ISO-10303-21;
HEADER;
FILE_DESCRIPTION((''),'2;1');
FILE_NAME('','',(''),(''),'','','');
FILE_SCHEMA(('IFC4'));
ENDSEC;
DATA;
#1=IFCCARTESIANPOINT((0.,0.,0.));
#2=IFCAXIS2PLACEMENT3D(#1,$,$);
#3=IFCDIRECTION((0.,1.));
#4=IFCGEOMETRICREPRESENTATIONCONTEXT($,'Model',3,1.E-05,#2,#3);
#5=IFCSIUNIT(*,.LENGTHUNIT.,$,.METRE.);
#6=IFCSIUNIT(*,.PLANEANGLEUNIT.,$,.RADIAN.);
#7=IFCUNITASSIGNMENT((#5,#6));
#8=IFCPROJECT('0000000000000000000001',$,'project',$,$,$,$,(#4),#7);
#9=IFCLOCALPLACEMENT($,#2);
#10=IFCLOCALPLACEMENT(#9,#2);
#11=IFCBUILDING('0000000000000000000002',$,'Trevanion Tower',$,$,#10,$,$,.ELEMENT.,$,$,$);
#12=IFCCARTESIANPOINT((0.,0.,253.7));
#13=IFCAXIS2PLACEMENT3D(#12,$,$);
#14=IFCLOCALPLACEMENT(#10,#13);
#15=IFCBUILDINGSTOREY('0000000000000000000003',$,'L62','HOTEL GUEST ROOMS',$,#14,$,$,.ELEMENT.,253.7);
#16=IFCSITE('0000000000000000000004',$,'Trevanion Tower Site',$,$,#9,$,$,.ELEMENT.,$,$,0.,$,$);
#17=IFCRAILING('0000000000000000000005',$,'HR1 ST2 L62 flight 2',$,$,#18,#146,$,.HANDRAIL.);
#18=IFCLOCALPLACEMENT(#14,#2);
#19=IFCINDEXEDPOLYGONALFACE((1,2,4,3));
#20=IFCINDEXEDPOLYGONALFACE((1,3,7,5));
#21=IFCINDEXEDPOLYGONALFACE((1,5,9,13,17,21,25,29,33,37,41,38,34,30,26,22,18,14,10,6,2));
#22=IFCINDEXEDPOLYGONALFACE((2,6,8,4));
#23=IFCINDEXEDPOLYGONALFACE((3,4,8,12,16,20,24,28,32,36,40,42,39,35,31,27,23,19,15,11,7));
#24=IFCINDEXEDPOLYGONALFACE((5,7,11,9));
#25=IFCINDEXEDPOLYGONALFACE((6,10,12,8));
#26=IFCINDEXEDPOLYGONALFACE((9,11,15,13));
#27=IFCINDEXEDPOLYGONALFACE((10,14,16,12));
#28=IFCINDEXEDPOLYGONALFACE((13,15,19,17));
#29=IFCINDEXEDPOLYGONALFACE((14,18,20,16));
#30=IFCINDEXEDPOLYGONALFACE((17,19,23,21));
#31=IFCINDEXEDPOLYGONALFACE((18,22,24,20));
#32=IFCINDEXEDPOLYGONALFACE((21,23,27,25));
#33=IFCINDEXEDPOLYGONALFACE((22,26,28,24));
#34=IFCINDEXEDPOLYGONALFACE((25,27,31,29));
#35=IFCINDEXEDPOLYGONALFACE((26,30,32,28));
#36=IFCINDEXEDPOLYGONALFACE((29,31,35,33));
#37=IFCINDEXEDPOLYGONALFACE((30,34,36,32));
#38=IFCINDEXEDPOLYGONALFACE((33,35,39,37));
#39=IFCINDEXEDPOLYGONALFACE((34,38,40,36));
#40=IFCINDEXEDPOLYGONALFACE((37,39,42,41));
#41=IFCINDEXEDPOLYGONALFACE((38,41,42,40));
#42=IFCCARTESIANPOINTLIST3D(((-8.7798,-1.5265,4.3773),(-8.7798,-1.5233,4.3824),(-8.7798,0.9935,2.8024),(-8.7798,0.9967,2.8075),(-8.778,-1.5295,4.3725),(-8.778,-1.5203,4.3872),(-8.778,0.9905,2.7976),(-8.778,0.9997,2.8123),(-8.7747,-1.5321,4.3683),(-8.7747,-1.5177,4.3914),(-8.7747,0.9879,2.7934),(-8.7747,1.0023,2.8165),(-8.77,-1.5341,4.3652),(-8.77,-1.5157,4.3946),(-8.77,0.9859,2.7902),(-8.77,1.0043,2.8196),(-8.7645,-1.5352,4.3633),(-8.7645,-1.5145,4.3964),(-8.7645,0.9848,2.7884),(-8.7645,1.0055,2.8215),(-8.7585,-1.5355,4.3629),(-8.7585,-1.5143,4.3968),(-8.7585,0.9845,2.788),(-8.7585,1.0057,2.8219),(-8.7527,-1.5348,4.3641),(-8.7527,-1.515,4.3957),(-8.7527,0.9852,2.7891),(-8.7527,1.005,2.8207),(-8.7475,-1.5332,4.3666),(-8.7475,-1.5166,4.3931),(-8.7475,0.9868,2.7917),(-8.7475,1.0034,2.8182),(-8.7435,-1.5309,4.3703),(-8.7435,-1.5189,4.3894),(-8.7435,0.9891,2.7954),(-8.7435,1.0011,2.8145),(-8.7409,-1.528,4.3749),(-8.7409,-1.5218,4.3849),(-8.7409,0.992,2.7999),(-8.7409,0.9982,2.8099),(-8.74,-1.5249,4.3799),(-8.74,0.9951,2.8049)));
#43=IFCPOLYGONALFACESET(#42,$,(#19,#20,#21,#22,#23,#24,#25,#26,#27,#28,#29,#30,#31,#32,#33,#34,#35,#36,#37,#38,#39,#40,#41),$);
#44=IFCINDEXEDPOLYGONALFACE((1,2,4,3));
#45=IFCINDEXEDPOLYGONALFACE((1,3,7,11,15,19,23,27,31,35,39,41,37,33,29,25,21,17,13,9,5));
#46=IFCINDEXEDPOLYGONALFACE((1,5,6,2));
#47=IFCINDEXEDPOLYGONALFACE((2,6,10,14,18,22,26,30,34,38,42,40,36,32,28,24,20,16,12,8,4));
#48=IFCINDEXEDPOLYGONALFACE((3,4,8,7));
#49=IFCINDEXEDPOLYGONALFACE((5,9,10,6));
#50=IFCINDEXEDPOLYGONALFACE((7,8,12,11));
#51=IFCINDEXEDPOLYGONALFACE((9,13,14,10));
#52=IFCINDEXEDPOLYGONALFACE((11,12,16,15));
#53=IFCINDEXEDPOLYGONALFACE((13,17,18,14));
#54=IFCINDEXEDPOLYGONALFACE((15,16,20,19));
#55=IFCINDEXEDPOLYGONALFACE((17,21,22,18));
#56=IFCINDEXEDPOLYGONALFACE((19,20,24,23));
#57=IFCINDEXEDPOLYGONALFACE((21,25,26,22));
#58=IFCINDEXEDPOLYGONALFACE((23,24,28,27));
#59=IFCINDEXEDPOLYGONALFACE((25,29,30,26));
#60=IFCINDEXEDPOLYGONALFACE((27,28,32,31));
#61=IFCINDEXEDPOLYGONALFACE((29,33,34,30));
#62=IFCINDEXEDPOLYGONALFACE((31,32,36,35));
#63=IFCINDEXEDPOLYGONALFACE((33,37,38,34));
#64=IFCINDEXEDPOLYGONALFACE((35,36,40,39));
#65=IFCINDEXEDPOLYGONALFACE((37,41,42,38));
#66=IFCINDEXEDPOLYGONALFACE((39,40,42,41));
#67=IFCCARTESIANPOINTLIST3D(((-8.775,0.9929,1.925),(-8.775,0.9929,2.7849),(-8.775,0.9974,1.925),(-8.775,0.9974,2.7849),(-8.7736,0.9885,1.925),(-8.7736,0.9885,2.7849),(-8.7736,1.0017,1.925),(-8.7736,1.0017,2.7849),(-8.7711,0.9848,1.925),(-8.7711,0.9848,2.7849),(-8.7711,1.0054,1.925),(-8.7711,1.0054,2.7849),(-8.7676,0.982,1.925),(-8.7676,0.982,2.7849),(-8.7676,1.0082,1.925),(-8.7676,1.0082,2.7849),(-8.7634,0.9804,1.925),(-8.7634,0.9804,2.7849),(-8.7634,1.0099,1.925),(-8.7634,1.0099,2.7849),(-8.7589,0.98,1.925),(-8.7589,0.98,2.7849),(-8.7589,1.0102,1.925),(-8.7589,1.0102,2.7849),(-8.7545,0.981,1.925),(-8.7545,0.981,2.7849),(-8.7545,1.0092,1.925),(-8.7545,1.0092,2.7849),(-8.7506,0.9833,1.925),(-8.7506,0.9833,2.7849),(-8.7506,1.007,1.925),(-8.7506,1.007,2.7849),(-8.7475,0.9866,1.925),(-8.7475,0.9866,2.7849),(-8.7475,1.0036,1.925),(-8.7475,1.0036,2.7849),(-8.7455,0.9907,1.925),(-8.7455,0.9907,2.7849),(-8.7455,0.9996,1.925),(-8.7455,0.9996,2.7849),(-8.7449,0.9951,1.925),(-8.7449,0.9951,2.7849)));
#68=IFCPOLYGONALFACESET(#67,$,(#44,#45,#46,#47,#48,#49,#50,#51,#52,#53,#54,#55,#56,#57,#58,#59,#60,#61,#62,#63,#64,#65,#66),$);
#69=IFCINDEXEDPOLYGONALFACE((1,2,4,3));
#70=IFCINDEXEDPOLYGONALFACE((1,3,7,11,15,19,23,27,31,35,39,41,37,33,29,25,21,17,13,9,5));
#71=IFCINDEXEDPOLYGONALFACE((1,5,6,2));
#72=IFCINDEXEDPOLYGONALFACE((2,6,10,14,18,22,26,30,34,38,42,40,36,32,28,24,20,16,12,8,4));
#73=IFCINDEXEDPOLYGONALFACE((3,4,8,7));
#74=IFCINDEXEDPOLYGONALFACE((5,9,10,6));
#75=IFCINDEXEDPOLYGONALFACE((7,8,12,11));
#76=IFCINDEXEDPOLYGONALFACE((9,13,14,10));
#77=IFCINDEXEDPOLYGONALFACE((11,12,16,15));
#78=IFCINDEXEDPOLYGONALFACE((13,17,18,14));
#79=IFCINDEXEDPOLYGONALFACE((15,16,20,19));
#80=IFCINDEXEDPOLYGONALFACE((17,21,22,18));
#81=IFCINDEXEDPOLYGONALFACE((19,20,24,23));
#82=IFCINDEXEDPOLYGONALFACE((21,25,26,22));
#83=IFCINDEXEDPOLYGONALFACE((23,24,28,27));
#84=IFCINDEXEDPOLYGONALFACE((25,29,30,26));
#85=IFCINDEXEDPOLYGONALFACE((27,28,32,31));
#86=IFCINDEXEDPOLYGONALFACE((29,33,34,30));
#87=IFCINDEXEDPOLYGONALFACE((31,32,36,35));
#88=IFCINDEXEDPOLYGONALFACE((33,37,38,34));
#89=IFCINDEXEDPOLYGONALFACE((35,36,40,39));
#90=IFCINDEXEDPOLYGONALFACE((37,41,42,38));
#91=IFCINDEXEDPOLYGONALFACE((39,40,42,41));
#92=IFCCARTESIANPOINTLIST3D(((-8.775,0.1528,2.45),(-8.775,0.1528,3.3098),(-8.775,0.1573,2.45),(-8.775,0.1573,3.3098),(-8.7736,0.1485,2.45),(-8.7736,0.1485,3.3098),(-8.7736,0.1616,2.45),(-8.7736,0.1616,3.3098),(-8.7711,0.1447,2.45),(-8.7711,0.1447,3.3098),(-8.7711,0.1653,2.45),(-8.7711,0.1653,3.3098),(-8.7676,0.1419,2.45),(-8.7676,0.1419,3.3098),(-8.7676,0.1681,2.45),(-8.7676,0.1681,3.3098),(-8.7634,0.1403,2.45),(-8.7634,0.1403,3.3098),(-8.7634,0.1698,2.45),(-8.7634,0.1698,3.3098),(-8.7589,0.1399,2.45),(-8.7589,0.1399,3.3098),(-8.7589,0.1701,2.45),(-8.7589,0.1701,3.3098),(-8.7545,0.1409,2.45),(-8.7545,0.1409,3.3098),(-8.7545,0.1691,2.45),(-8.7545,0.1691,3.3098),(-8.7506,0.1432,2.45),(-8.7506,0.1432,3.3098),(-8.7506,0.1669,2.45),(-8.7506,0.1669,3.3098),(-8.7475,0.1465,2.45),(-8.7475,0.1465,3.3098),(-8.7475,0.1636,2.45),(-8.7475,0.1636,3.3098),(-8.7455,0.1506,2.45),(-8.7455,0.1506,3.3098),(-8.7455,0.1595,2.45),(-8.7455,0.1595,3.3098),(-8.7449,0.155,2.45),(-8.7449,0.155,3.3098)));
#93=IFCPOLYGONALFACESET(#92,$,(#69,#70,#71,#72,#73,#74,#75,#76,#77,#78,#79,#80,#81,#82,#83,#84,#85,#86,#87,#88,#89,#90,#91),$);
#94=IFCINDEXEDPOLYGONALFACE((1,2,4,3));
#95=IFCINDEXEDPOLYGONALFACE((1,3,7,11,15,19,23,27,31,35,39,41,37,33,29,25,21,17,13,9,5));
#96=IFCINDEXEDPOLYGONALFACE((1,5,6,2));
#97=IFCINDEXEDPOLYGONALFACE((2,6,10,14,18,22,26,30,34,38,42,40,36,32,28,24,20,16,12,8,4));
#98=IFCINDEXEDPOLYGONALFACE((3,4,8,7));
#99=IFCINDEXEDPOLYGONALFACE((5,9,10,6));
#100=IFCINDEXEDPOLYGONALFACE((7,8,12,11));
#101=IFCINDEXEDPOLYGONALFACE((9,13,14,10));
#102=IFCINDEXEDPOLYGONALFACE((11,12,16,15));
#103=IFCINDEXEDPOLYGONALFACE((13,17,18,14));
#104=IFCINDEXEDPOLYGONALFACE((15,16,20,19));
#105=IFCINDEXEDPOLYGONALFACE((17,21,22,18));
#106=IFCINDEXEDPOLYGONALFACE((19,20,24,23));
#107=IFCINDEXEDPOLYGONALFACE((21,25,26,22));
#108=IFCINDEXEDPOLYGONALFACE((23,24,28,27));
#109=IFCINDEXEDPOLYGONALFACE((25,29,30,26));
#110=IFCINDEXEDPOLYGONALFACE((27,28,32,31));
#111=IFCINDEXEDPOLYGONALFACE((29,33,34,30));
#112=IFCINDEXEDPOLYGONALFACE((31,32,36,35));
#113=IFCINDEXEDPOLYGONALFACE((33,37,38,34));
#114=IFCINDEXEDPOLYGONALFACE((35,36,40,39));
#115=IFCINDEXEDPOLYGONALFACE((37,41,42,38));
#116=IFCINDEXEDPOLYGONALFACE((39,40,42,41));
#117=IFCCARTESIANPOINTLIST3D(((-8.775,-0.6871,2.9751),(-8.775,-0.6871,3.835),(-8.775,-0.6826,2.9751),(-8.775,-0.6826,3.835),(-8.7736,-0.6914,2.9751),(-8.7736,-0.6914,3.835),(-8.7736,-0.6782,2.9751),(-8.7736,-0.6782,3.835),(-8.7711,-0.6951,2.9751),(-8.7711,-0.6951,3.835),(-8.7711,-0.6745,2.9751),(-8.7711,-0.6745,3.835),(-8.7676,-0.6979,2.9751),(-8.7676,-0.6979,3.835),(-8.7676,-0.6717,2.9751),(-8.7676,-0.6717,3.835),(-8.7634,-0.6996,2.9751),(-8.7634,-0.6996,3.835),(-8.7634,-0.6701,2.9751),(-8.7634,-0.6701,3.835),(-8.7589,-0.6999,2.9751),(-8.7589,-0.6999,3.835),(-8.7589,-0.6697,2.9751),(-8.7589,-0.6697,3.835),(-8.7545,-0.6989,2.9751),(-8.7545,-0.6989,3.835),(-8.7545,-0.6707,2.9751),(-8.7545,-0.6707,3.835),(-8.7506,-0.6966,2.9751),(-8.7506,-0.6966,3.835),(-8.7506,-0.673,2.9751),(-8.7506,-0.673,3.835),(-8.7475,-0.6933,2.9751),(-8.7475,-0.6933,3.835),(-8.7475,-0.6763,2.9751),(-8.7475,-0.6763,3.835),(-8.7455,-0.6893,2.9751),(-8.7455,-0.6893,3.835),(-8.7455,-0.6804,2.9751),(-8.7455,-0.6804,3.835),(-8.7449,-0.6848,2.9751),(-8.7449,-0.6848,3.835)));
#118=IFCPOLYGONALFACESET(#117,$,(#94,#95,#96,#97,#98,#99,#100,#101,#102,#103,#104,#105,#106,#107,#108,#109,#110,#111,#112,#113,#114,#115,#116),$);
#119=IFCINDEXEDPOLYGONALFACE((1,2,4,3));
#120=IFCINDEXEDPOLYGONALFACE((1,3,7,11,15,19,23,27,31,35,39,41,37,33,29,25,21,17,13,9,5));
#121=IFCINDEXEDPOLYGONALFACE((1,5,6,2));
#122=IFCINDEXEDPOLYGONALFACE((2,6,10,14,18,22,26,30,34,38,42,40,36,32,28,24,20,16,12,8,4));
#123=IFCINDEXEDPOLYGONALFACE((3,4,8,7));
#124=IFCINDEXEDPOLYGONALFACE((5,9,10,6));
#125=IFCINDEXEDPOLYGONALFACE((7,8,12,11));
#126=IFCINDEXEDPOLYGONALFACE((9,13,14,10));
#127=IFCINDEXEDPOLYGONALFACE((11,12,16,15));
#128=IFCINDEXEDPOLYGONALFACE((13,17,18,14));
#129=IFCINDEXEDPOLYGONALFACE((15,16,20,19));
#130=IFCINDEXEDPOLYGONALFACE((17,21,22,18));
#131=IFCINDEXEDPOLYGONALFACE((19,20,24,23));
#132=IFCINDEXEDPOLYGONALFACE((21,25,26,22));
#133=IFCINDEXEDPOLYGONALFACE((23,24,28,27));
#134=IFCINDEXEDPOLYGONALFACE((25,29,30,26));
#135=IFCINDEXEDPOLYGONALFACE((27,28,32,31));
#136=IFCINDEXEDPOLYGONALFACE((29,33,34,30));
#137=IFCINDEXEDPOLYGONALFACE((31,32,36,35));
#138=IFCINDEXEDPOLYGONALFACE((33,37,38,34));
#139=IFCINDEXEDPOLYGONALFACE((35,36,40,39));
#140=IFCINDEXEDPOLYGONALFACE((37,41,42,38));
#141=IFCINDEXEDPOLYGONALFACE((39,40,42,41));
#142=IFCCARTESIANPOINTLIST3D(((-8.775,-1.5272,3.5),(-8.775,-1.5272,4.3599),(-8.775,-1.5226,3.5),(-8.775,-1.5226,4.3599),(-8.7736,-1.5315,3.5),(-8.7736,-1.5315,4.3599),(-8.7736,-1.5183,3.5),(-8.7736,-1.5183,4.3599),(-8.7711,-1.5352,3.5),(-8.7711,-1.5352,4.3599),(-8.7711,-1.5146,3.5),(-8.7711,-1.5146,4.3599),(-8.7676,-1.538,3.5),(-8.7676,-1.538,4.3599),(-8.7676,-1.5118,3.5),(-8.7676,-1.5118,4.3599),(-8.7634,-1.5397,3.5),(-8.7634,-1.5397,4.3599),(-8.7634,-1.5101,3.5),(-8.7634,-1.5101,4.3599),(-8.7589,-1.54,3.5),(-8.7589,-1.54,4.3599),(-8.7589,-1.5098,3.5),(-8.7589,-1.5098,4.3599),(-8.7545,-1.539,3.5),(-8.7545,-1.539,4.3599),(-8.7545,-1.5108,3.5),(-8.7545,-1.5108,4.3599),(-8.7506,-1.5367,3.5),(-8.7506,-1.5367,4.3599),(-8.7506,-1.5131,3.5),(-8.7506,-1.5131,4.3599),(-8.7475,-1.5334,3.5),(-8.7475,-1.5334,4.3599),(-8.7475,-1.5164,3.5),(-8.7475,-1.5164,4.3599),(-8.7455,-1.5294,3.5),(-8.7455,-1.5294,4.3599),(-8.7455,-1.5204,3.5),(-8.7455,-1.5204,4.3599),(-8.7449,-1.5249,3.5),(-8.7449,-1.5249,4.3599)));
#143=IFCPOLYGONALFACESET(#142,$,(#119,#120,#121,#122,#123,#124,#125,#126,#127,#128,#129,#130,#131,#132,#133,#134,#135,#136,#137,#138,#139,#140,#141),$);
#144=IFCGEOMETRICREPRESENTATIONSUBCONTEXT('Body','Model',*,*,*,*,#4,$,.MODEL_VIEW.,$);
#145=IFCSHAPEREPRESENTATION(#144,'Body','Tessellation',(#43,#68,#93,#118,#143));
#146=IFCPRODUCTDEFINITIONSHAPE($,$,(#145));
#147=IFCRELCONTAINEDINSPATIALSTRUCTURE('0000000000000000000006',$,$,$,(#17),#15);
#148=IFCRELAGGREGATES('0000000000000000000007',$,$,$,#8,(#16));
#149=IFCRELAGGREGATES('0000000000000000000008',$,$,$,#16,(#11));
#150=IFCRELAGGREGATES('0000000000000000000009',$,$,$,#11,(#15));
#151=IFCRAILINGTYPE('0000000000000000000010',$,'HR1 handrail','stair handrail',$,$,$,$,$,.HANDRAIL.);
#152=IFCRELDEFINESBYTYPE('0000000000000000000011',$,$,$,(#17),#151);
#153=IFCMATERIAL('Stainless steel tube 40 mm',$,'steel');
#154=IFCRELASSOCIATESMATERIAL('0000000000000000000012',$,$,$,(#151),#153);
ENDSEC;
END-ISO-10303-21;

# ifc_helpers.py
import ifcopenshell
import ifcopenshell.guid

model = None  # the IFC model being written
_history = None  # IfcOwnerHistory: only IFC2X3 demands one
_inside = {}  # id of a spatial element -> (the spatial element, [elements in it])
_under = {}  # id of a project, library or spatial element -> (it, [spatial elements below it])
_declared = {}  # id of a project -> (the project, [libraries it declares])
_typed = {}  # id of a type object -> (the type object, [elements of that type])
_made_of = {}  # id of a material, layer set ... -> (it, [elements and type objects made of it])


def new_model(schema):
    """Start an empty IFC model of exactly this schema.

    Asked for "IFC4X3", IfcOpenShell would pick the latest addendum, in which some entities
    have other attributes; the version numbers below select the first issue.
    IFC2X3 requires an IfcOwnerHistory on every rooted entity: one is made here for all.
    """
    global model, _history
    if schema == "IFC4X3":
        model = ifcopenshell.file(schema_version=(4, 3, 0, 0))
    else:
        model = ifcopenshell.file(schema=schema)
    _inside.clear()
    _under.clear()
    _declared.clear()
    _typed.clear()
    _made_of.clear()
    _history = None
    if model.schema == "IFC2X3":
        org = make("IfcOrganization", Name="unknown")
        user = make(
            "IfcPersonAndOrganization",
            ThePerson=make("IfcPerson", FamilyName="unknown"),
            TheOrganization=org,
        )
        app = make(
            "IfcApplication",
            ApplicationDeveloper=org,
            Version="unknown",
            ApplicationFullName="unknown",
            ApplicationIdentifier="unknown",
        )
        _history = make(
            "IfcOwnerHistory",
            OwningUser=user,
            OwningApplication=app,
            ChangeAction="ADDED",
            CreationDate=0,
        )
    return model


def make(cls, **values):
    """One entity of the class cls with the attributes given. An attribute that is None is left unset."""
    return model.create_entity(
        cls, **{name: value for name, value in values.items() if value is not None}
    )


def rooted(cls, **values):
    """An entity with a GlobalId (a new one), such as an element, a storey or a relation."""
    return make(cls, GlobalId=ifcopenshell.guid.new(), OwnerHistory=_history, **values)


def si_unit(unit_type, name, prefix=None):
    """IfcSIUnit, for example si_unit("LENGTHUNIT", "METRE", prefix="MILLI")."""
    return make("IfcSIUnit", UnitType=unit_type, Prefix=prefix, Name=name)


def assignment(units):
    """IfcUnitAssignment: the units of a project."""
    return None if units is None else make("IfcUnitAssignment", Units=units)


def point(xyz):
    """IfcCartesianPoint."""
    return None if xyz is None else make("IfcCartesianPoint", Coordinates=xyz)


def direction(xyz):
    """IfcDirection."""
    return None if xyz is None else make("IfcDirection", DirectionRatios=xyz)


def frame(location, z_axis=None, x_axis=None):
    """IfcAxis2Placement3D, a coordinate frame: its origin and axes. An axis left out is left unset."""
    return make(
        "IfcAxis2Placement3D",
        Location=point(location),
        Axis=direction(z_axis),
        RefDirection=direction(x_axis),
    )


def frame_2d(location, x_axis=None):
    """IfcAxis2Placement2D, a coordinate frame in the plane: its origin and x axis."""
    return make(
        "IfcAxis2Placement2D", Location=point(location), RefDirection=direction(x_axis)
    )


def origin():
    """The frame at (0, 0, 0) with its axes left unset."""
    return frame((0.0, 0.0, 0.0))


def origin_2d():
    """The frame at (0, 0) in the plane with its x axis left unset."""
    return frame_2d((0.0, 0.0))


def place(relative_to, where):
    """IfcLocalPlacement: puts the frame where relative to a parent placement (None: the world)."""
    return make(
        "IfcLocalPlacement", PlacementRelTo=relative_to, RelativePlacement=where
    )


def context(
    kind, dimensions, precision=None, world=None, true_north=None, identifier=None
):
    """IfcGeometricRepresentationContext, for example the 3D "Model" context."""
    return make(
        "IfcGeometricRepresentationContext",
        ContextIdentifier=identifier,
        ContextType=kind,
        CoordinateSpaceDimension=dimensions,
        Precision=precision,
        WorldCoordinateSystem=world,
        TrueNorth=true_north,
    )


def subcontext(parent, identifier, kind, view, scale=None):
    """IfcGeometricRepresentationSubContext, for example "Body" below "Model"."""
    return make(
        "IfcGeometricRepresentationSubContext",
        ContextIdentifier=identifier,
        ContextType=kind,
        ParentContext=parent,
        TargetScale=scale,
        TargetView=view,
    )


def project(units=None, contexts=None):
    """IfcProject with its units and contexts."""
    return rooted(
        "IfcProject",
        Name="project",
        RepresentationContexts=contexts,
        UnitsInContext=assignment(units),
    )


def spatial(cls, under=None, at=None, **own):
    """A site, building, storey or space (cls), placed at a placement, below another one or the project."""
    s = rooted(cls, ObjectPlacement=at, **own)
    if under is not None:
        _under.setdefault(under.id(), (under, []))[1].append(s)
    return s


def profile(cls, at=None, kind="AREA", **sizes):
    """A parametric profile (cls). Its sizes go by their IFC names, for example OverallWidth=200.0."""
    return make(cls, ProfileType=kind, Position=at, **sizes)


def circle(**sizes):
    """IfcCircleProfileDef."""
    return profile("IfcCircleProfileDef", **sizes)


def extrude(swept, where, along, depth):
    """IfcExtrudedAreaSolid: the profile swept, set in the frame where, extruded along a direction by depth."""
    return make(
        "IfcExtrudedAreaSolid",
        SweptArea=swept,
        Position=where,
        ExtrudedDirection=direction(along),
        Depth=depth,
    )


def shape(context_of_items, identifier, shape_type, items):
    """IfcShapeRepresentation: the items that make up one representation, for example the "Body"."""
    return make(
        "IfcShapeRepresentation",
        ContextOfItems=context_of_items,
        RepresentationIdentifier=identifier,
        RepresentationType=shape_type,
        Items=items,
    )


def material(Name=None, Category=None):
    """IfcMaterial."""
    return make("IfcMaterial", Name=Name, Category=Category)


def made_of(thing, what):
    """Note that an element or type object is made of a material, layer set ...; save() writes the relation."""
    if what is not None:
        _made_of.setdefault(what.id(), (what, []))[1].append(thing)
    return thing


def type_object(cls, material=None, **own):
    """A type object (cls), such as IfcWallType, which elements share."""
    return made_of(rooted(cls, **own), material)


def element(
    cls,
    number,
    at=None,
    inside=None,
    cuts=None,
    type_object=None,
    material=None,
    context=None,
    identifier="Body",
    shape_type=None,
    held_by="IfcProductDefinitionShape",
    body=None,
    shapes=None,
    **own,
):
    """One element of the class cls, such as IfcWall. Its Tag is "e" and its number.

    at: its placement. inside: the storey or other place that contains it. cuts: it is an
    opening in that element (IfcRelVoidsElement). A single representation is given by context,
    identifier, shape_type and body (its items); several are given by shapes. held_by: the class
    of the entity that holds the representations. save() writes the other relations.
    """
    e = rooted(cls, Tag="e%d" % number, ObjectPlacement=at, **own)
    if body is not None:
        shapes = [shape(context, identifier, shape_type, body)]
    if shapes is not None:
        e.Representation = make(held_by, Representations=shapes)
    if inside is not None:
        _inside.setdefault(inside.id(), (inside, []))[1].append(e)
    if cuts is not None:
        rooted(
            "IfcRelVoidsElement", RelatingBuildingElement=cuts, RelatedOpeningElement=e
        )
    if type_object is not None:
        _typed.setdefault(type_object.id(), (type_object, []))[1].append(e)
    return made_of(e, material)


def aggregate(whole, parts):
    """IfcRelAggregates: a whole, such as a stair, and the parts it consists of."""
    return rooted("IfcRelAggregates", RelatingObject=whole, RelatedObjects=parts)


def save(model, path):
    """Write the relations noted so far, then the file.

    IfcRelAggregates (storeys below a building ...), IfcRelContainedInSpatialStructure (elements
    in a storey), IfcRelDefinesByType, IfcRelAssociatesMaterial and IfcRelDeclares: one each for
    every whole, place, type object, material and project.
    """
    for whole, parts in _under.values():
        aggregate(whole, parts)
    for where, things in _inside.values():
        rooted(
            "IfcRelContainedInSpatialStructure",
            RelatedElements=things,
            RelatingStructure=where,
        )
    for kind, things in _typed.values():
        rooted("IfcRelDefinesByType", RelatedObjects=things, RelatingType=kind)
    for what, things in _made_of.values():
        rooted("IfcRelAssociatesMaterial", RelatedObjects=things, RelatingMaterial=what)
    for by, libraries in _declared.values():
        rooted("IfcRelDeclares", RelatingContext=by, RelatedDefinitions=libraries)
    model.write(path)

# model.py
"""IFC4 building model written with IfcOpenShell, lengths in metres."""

from ifc_helpers import new_model, si_unit, direction, frame, origin, origin_2d, place, context, subcontext, project, spatial, circle, extrude, material, type_object, element, save


model = new_model("IFC4")

# Units and contexts
model_context = context("Model", 3, precision=1e-05, world=origin(), true_north=direction((0.0, 1.0)))
body_context = subcontext(model_context, "Body", "Model", "MODEL_VIEW")
ifc_project = project(units=[si_unit("LENGTHUNIT", "METRE"), si_unit("PLANEANGLEUNIT", "RADIAN")], contexts=[model_context])

# Site, building, storey
site_placement = place(None, origin())
site = spatial("IfcSite", under=ifc_project, at=site_placement, Name="Trevanion Tower Site", CompositionType="ELEMENT", RefElevation=0.0)
building_placement = place(site_placement, origin())
building = spatial("IfcBuilding", under=site, at=building_placement, Name="Trevanion Tower", CompositionType="ELEMENT")
storey_placement = place(building_placement, frame((0.0, 0.0, 253.7)))
storey = spatial("IfcBuildingStorey", under=building, at=storey_placement, Name="L62", Description="HOTEL GUEST ROOMS", CompositionType="ELEMENT", Elevation=253.7)

# Railing
ifc_material_1 = material(Name="Stainless steel tube 40 mm", Category="steel")
railing_type = type_object("IfcRailingType", Name="HR1 handrail", Description="stair handrail", PredefinedType="HANDRAIL", material=ifc_material_1)
for number, where, name in (
    (1, (-8.76, 0.9951, 1.925), "HR1 ST2 L62 flight 2"),
):
    element("IfcRailing", number, at=place(storey_placement, frame(where)), inside=storey, type_object=railing_type, Name=name, PredefinedType="HANDRAIL", context=body_context, shape_type="SweptSolid", body=[
        extrude(circle(Radius=0.02, at=origin_2d()), frame((0.0, 0.0, 0.8799), z_axis=(0.0, -0.848008, 0.529984), x_axis=(1.0, 0.0, 0.0)), (0.0, 0.0, 1.0), 2.9717),
        extrude(circle(Radius=0.0151, at=origin_2d()), origin(), (0.0, 0.0, 1.0), 0.8599),
        extrude(circle(Radius=0.0151, at=origin_2d()), frame((0.0, -0.8401, 0.5249)), (0.0, 0.0, 1.0), 0.8599),
        extrude(circle(Radius=0.0151, at=origin_2d()), frame((0.0, -1.6799, 1.05)), (0.0, 0.0, 1.0), 0.8599),
        extrude(circle(Radius=0.0151, at=origin_2d()), frame((0.0, -2.52, 1.575)), (0.0, 0.0, 1.0), 0.8599),
    ])

save(model, "model.ifc")
